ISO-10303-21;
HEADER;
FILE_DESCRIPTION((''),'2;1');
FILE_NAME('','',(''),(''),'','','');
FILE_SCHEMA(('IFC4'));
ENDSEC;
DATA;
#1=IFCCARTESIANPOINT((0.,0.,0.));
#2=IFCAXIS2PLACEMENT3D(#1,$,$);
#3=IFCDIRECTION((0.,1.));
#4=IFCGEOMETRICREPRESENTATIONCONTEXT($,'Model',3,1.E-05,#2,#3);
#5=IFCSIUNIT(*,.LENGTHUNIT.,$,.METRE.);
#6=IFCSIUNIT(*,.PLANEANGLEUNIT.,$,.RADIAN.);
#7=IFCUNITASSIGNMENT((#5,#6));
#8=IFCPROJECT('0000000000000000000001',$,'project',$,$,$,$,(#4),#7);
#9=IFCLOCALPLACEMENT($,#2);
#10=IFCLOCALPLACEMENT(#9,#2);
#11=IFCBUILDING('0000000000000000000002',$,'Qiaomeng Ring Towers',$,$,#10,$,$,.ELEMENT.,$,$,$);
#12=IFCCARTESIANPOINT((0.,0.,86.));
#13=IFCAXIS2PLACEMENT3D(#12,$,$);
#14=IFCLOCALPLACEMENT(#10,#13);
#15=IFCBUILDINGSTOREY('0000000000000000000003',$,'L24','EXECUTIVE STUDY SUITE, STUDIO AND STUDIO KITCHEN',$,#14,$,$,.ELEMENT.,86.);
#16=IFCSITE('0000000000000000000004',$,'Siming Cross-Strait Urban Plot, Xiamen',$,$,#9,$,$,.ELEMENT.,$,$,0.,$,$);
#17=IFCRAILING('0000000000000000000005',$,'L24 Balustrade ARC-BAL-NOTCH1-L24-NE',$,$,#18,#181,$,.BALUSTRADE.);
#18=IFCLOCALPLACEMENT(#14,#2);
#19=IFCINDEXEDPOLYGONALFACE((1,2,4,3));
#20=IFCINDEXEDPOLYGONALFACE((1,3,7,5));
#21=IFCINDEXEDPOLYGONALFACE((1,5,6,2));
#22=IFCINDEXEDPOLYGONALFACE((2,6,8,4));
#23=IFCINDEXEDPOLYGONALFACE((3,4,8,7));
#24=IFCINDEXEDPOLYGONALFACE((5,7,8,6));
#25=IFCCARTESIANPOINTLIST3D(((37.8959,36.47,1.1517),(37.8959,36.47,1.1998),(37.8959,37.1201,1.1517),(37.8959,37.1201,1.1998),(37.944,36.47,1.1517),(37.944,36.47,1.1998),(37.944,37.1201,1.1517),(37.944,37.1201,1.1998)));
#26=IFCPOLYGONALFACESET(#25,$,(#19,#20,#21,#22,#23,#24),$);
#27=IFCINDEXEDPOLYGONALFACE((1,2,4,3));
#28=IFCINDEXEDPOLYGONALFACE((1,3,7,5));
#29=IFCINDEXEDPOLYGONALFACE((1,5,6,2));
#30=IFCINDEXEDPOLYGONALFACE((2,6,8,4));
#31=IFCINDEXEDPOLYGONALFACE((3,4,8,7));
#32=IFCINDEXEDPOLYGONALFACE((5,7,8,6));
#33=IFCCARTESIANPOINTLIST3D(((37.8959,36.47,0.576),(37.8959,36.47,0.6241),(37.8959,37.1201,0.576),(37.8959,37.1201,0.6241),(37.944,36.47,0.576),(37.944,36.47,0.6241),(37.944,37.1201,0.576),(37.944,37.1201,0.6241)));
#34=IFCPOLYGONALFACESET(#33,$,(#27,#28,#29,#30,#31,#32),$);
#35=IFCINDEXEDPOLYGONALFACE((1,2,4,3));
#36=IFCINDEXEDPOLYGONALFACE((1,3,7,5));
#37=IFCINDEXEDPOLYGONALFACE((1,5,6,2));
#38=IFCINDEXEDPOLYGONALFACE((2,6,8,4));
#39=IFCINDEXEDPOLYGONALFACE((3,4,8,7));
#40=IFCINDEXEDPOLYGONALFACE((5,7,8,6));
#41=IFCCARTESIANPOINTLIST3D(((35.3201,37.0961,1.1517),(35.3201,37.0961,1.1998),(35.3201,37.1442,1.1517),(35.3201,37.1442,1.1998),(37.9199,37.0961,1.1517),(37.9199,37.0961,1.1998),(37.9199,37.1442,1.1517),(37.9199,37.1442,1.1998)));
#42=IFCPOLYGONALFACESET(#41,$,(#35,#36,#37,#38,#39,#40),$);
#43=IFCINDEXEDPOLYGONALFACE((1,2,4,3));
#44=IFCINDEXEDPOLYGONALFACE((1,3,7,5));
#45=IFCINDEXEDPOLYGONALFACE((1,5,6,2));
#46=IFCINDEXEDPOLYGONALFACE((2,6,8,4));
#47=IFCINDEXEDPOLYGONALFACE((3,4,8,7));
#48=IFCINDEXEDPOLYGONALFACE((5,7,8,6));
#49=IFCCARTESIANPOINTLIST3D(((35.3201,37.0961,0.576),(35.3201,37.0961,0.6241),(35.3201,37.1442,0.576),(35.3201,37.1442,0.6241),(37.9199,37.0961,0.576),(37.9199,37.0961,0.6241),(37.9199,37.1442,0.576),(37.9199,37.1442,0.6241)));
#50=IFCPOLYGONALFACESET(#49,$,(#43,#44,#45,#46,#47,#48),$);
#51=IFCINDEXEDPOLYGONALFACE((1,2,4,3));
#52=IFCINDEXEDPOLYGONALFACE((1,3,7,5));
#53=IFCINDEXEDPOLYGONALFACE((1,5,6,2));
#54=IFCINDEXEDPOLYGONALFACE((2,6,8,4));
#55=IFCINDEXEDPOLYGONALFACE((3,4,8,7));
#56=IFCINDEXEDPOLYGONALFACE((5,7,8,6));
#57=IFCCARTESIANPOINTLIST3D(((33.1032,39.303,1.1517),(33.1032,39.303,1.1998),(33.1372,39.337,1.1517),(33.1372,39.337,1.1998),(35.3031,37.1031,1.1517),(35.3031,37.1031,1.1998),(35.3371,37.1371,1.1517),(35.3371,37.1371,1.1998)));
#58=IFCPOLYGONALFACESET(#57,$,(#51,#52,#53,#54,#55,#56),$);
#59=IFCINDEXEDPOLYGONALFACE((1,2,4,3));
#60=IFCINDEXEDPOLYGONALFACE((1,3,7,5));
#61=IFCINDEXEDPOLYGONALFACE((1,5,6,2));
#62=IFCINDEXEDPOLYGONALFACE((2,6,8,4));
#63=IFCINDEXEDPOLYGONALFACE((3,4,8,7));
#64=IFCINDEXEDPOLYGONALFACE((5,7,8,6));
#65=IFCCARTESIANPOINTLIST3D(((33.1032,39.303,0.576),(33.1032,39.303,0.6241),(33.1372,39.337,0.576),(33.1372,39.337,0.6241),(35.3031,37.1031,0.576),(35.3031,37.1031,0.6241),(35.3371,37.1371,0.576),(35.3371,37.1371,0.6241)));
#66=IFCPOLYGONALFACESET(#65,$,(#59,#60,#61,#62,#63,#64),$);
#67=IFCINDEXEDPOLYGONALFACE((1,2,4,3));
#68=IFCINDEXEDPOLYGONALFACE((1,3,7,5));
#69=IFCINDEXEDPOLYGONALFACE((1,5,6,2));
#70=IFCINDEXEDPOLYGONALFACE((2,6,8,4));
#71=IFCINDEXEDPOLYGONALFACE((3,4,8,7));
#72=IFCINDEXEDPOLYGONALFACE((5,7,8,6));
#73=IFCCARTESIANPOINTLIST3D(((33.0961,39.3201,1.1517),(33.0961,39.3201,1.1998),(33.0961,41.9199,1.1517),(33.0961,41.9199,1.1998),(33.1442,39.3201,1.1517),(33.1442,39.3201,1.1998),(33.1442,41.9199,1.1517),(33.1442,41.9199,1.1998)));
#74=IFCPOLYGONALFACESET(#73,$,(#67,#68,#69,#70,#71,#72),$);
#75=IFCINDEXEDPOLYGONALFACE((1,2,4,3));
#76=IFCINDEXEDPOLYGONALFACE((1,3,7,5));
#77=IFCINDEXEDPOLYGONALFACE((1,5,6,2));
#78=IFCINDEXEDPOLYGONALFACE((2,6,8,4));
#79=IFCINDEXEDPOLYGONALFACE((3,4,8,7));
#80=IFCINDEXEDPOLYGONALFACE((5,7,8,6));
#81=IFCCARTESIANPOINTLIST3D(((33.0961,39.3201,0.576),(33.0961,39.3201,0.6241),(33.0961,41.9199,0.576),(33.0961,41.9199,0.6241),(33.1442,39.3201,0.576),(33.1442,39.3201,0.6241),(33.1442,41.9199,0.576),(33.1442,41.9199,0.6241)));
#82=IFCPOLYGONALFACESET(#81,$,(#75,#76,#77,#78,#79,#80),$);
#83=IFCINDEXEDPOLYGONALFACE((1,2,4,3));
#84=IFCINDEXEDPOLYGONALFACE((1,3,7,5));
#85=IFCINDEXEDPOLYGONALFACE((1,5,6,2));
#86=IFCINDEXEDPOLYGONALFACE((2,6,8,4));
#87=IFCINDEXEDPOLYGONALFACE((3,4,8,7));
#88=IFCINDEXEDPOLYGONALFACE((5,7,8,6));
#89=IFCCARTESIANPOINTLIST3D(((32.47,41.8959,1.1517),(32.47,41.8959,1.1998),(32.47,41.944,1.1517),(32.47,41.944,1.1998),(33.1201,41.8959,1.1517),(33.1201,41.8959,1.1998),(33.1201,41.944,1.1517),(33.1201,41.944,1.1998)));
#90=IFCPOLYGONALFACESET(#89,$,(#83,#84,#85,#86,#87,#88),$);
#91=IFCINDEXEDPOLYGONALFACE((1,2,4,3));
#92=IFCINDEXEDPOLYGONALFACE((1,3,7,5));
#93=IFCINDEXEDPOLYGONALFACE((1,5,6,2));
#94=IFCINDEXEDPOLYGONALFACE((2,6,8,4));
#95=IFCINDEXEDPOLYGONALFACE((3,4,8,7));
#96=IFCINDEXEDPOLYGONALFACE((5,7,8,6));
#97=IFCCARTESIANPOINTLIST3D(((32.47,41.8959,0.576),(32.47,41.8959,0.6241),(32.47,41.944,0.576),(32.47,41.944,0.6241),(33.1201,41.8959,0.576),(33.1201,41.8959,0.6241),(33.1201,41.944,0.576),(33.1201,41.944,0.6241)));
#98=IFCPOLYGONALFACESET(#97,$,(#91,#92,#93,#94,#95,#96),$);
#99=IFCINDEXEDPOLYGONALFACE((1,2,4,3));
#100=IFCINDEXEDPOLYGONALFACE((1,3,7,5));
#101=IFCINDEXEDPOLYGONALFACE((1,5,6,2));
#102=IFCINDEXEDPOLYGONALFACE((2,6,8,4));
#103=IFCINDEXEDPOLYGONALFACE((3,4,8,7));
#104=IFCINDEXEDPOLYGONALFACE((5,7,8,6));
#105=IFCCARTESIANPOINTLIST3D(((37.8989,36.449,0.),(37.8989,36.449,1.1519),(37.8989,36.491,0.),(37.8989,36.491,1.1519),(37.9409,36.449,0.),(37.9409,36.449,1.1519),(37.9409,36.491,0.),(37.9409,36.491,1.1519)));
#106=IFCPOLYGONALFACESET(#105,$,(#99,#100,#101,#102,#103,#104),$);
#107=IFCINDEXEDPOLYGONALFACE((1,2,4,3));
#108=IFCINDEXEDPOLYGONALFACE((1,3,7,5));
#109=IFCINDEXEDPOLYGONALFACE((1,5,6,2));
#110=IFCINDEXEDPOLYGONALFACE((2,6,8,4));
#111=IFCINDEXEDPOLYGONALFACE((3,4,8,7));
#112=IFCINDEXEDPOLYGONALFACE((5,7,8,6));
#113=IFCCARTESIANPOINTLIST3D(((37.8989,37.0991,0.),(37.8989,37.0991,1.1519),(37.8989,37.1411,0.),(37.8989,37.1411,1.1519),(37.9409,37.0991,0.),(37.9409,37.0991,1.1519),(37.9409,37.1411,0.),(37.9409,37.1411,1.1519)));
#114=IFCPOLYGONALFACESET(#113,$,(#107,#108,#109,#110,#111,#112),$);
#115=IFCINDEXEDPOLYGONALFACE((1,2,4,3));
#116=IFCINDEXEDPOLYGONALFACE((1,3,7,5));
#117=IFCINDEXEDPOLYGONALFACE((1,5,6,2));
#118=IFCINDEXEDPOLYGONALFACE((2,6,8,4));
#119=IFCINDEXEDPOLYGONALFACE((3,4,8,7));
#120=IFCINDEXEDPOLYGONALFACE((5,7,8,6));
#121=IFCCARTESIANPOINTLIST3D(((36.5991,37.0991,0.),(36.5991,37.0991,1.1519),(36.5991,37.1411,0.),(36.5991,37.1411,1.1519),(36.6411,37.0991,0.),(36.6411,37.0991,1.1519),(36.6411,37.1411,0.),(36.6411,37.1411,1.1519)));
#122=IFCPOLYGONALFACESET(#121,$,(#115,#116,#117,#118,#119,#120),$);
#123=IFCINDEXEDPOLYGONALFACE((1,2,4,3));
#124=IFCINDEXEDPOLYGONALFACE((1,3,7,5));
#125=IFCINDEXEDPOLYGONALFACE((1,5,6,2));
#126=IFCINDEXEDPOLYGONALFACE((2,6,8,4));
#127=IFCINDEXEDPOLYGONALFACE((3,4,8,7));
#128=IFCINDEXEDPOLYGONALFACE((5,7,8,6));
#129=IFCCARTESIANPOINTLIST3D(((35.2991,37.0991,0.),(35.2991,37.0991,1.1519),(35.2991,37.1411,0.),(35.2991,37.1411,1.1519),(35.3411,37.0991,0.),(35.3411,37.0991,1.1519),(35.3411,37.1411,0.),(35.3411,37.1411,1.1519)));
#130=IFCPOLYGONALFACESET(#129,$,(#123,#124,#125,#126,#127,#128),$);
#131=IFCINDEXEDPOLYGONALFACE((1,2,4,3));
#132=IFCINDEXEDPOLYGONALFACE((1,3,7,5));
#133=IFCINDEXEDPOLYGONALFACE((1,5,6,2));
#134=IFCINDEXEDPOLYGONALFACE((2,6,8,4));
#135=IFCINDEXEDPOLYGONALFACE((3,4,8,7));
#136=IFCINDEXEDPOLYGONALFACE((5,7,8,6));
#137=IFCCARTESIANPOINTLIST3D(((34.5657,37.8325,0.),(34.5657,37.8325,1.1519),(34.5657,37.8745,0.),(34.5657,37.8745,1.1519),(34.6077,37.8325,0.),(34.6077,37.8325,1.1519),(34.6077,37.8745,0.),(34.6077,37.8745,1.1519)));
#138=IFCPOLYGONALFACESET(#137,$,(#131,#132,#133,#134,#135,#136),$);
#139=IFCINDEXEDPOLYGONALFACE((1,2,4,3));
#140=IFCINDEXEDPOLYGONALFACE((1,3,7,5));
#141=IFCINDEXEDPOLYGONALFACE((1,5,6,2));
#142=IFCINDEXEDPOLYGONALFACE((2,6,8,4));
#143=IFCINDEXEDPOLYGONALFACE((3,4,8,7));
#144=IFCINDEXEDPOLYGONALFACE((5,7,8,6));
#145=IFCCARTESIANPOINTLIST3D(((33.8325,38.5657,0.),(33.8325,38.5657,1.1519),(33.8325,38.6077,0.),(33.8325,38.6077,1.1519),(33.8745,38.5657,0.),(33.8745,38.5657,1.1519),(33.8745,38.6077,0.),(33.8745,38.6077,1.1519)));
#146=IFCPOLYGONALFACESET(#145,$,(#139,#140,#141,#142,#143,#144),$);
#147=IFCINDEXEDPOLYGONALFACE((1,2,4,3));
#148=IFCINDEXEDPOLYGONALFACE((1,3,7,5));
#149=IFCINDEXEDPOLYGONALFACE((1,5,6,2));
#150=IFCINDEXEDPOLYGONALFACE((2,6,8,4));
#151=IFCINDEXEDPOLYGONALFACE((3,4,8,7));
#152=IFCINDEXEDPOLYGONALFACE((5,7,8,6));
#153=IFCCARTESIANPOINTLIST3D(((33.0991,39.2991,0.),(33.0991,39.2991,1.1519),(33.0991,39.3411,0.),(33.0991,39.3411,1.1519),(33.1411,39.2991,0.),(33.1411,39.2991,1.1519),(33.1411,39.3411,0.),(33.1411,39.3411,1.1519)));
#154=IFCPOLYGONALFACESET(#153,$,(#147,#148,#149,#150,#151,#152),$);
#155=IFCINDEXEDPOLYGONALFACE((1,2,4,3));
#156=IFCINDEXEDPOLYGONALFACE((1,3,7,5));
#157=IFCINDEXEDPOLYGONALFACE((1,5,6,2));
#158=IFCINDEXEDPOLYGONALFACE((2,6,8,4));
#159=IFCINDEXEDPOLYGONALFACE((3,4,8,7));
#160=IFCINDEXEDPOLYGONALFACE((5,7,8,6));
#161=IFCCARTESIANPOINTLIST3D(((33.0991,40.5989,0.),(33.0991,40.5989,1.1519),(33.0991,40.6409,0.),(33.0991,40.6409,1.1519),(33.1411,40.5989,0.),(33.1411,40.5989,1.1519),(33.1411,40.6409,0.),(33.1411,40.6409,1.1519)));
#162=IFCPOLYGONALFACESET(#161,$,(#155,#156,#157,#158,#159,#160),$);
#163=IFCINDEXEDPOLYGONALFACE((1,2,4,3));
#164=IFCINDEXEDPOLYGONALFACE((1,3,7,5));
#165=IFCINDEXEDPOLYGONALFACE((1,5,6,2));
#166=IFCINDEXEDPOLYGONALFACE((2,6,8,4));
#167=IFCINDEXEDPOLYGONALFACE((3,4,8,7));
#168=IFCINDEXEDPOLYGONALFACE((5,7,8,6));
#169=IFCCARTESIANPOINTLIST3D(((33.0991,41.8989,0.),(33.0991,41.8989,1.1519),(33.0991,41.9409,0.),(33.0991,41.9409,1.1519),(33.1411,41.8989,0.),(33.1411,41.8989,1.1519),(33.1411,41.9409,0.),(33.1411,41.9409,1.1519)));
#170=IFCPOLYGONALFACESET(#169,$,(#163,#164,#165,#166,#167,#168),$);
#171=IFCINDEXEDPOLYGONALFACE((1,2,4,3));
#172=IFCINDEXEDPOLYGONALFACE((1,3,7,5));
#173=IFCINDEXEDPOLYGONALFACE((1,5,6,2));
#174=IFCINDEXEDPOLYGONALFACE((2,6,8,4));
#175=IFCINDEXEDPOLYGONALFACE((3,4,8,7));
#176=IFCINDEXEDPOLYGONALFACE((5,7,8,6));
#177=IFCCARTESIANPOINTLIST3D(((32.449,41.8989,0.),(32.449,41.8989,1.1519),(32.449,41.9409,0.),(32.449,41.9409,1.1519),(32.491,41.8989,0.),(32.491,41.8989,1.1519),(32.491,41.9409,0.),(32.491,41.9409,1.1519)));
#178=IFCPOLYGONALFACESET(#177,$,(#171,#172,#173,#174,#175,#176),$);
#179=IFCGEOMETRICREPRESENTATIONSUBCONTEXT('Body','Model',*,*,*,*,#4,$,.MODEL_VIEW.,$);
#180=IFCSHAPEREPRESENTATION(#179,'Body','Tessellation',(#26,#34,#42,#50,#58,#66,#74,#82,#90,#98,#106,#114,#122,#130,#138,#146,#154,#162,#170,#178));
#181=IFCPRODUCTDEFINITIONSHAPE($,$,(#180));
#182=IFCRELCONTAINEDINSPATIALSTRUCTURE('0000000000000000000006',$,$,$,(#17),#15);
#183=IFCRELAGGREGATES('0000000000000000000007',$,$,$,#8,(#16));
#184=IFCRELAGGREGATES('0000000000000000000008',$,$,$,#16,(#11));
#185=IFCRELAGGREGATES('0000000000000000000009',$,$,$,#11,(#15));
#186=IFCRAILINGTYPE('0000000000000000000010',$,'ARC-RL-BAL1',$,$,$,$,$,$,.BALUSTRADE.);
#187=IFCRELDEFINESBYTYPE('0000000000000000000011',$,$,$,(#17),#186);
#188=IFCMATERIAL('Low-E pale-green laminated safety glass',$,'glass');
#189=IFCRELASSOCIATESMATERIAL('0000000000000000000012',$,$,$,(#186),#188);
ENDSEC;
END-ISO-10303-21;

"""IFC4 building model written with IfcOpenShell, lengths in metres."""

from ifc_helpers import new_model, si_unit, direction, frame, origin, origin_2d, place, context, subcontext, project, spatial, rectangle, extrude, material, type_object, element, save


model = new_model("IFC4")

# Units and contexts
model_context = context("Model", 3, precision=1e-05, world=origin(), true_north=direction((0.0, 1.0)))
body_context = subcontext(model_context, "Body", "Model", "MODEL_VIEW")
ifc_project = project(units=[si_unit("LENGTHUNIT", "METRE"), si_unit("PLANEANGLEUNIT", "RADIAN")], contexts=[model_context])

# Site, building, storey
site_placement = place(None, origin())
site = spatial("IfcSite", under=ifc_project, at=site_placement, Name="Siming Cross-Strait Urban Plot, Xiamen", CompositionType="ELEMENT", RefElevation=0.0)
building_placement = place(site_placement, origin())
building = spatial("IfcBuilding", under=site, at=building_placement, Name="Qiaomeng Ring Towers", CompositionType="ELEMENT")
storey_placement = place(building_placement, frame((0.0, 0.0, 86.0)))
storey = spatial("IfcBuildingStorey", under=building, at=storey_placement, Name="L24", Description="EXECUTIVE STUDY SUITE, STUDIO AND STUDIO KITCHEN", CompositionType="ELEMENT", Elevation=86.0)

# Railing
ifc_material_1 = material(Name="Low-E pale-green laminated safety glass", Category="glass")
railing_type = type_object("IfcRailingType", Name="ARC-RL-BAL1", PredefinedType="BALUSTRADE", material=ifc_material_1)
railing_placement = place(storey_placement, frame((37.9199, 36.47, 0.0)))
element("IfcRailing", 1, at=railing_placement, inside=storey, type_object=railing_type, Name="L24 Balustrade ARC-BAL-NOTCH1-L24-NE", PredefinedType="BALUSTRADE", context=body_context, shape_type="SweptSolid", body=[
    extrude(rectangle(XDim=0.0481, YDim=0.0481, at=origin_2d()), frame((0.0, 0.0, 1.1758), z_axis=(0.0, 1.0, 0.0), x_axis=(-1.0, 0.0, 0.0)), (0.0, 0.0, 1.0), 0.6501),
    extrude(rectangle(XDim=0.0481, YDim=0.0481, at=origin_2d()), frame((0.0, 0.0, 0.6001), z_axis=(0.0, 1.0, 0.0), x_axis=(-1.0, 0.0, 0.0)), (0.0, 0.0, 1.0), 0.6501),
    extrude(rectangle(XDim=0.0481, YDim=0.0481, at=origin_2d()), frame((0.0, 0.6501, 1.1758), z_axis=(-1.0, 0.0, 0.0), x_axis=(0.0, -1.0, 0.0)), (0.0, 0.0, 1.0), 2.5999),
    extrude(rectangle(XDim=0.0481, YDim=0.0481, at=origin_2d()), frame((0.0, 0.6501, 0.6001), z_axis=(-1.0, 0.0, 0.0), x_axis=(0.0, -1.0, 0.0)), (0.0, 0.0, 1.0), 2.5999),
    extrude(rectangle(XDim=0.0481, YDim=0.0481, at=origin_2d()), frame((-2.5999, 0.6501, 1.1758), z_axis=(-0.707107, 0.707107, 0.0), x_axis=(-0.707107, -0.707107, 0.0)), (0.0, 0.0, 1.0), 3.1111),
    extrude(rectangle(XDim=0.0481, YDim=0.0481, at=origin_2d()), frame((-2.5999, 0.6501, 0.6001), z_axis=(-0.707107, 0.707107, 0.0), x_axis=(-0.707107, -0.707107, 0.0)), (0.0, 0.0, 1.0), 3.1111),
    extrude(rectangle(XDim=0.0481, YDim=0.0481, at=origin_2d()), frame((-4.7998, 2.8501, 1.1758), z_axis=(0.0, 1.0, 0.0), x_axis=(-1.0, 0.0, 0.0)), (0.0, 0.0, 1.0), 2.5999),
    extrude(rectangle(XDim=0.0481, YDim=0.0481, at=origin_2d()), frame((-4.7998, 2.8501, 0.6001), z_axis=(0.0, 1.0, 0.0), x_axis=(-1.0, 0.0, 0.0)), (0.0, 0.0, 1.0), 2.5999),
    extrude(rectangle(XDim=0.0481, YDim=0.0481, at=origin_2d()), frame((-4.7998, 5.45, 1.1758), z_axis=(-1.0, 0.0, 0.0), x_axis=(0.0, -1.0, 0.0)), (0.0, 0.0, 1.0), 0.6501),
    extrude(rectangle(XDim=0.0481, YDim=0.0481, at=origin_2d()), frame((-4.7998, 5.45, 0.6001), z_axis=(-1.0, 0.0, 0.0), x_axis=(0.0, -1.0, 0.0)), (0.0, 0.0, 1.0), 0.6501),
    extrude(rectangle(XDim=0.042, YDim=0.042, at=origin_2d()), origin(), (0.0, 0.0, 1.0), 1.1519),
    extrude(rectangle(XDim=0.042, YDim=0.042, at=origin_2d()), frame((0.0, 0.6501, 0.0)), (0.0, 0.0, 1.0), 1.1519),
    extrude(rectangle(XDim=0.042, YDim=0.042, at=origin_2d()), frame((-1.2998, 0.6501, 0.0)), (0.0, 0.0, 1.0), 1.1519),
    extrude(rectangle(XDim=0.042, YDim=0.042, at=origin_2d()), frame((-2.5999, 0.6501, 0.0)), (0.0, 0.0, 1.0), 1.1519),
    extrude(rectangle(XDim=0.042, YDim=0.042, at=origin_2d()), frame((-3.3333, 1.3835, 0.0)), (0.0, 0.0, 1.0), 1.1519),
    extrude(rectangle(XDim=0.042, YDim=0.042, at=origin_2d()), frame((-4.0664, 2.1167, 0.0)), (0.0, 0.0, 1.0), 1.1519),
    extrude(rectangle(XDim=0.042, YDim=0.042, at=origin_2d()), frame((-4.7998, 2.8501, 0.0)), (0.0, 0.0, 1.0), 1.1519),
    extrude(rectangle(XDim=0.042, YDim=0.042, at=origin_2d()), frame((-4.7998, 4.1499, 0.0)), (0.0, 0.0, 1.0), 1.1519),
    extrude(rectangle(XDim=0.042, YDim=0.042, at=origin_2d()), frame((-4.7998, 5.45, 0.0)), (0.0, 0.0, 1.0), 1.1519),
    extrude(rectangle(XDim=0.042, YDim=0.042, at=origin_2d()), frame((-5.45, 5.45, 0.0)), (0.0, 0.0, 1.0), 1.1519),
])

save(model, "model.ifc")
